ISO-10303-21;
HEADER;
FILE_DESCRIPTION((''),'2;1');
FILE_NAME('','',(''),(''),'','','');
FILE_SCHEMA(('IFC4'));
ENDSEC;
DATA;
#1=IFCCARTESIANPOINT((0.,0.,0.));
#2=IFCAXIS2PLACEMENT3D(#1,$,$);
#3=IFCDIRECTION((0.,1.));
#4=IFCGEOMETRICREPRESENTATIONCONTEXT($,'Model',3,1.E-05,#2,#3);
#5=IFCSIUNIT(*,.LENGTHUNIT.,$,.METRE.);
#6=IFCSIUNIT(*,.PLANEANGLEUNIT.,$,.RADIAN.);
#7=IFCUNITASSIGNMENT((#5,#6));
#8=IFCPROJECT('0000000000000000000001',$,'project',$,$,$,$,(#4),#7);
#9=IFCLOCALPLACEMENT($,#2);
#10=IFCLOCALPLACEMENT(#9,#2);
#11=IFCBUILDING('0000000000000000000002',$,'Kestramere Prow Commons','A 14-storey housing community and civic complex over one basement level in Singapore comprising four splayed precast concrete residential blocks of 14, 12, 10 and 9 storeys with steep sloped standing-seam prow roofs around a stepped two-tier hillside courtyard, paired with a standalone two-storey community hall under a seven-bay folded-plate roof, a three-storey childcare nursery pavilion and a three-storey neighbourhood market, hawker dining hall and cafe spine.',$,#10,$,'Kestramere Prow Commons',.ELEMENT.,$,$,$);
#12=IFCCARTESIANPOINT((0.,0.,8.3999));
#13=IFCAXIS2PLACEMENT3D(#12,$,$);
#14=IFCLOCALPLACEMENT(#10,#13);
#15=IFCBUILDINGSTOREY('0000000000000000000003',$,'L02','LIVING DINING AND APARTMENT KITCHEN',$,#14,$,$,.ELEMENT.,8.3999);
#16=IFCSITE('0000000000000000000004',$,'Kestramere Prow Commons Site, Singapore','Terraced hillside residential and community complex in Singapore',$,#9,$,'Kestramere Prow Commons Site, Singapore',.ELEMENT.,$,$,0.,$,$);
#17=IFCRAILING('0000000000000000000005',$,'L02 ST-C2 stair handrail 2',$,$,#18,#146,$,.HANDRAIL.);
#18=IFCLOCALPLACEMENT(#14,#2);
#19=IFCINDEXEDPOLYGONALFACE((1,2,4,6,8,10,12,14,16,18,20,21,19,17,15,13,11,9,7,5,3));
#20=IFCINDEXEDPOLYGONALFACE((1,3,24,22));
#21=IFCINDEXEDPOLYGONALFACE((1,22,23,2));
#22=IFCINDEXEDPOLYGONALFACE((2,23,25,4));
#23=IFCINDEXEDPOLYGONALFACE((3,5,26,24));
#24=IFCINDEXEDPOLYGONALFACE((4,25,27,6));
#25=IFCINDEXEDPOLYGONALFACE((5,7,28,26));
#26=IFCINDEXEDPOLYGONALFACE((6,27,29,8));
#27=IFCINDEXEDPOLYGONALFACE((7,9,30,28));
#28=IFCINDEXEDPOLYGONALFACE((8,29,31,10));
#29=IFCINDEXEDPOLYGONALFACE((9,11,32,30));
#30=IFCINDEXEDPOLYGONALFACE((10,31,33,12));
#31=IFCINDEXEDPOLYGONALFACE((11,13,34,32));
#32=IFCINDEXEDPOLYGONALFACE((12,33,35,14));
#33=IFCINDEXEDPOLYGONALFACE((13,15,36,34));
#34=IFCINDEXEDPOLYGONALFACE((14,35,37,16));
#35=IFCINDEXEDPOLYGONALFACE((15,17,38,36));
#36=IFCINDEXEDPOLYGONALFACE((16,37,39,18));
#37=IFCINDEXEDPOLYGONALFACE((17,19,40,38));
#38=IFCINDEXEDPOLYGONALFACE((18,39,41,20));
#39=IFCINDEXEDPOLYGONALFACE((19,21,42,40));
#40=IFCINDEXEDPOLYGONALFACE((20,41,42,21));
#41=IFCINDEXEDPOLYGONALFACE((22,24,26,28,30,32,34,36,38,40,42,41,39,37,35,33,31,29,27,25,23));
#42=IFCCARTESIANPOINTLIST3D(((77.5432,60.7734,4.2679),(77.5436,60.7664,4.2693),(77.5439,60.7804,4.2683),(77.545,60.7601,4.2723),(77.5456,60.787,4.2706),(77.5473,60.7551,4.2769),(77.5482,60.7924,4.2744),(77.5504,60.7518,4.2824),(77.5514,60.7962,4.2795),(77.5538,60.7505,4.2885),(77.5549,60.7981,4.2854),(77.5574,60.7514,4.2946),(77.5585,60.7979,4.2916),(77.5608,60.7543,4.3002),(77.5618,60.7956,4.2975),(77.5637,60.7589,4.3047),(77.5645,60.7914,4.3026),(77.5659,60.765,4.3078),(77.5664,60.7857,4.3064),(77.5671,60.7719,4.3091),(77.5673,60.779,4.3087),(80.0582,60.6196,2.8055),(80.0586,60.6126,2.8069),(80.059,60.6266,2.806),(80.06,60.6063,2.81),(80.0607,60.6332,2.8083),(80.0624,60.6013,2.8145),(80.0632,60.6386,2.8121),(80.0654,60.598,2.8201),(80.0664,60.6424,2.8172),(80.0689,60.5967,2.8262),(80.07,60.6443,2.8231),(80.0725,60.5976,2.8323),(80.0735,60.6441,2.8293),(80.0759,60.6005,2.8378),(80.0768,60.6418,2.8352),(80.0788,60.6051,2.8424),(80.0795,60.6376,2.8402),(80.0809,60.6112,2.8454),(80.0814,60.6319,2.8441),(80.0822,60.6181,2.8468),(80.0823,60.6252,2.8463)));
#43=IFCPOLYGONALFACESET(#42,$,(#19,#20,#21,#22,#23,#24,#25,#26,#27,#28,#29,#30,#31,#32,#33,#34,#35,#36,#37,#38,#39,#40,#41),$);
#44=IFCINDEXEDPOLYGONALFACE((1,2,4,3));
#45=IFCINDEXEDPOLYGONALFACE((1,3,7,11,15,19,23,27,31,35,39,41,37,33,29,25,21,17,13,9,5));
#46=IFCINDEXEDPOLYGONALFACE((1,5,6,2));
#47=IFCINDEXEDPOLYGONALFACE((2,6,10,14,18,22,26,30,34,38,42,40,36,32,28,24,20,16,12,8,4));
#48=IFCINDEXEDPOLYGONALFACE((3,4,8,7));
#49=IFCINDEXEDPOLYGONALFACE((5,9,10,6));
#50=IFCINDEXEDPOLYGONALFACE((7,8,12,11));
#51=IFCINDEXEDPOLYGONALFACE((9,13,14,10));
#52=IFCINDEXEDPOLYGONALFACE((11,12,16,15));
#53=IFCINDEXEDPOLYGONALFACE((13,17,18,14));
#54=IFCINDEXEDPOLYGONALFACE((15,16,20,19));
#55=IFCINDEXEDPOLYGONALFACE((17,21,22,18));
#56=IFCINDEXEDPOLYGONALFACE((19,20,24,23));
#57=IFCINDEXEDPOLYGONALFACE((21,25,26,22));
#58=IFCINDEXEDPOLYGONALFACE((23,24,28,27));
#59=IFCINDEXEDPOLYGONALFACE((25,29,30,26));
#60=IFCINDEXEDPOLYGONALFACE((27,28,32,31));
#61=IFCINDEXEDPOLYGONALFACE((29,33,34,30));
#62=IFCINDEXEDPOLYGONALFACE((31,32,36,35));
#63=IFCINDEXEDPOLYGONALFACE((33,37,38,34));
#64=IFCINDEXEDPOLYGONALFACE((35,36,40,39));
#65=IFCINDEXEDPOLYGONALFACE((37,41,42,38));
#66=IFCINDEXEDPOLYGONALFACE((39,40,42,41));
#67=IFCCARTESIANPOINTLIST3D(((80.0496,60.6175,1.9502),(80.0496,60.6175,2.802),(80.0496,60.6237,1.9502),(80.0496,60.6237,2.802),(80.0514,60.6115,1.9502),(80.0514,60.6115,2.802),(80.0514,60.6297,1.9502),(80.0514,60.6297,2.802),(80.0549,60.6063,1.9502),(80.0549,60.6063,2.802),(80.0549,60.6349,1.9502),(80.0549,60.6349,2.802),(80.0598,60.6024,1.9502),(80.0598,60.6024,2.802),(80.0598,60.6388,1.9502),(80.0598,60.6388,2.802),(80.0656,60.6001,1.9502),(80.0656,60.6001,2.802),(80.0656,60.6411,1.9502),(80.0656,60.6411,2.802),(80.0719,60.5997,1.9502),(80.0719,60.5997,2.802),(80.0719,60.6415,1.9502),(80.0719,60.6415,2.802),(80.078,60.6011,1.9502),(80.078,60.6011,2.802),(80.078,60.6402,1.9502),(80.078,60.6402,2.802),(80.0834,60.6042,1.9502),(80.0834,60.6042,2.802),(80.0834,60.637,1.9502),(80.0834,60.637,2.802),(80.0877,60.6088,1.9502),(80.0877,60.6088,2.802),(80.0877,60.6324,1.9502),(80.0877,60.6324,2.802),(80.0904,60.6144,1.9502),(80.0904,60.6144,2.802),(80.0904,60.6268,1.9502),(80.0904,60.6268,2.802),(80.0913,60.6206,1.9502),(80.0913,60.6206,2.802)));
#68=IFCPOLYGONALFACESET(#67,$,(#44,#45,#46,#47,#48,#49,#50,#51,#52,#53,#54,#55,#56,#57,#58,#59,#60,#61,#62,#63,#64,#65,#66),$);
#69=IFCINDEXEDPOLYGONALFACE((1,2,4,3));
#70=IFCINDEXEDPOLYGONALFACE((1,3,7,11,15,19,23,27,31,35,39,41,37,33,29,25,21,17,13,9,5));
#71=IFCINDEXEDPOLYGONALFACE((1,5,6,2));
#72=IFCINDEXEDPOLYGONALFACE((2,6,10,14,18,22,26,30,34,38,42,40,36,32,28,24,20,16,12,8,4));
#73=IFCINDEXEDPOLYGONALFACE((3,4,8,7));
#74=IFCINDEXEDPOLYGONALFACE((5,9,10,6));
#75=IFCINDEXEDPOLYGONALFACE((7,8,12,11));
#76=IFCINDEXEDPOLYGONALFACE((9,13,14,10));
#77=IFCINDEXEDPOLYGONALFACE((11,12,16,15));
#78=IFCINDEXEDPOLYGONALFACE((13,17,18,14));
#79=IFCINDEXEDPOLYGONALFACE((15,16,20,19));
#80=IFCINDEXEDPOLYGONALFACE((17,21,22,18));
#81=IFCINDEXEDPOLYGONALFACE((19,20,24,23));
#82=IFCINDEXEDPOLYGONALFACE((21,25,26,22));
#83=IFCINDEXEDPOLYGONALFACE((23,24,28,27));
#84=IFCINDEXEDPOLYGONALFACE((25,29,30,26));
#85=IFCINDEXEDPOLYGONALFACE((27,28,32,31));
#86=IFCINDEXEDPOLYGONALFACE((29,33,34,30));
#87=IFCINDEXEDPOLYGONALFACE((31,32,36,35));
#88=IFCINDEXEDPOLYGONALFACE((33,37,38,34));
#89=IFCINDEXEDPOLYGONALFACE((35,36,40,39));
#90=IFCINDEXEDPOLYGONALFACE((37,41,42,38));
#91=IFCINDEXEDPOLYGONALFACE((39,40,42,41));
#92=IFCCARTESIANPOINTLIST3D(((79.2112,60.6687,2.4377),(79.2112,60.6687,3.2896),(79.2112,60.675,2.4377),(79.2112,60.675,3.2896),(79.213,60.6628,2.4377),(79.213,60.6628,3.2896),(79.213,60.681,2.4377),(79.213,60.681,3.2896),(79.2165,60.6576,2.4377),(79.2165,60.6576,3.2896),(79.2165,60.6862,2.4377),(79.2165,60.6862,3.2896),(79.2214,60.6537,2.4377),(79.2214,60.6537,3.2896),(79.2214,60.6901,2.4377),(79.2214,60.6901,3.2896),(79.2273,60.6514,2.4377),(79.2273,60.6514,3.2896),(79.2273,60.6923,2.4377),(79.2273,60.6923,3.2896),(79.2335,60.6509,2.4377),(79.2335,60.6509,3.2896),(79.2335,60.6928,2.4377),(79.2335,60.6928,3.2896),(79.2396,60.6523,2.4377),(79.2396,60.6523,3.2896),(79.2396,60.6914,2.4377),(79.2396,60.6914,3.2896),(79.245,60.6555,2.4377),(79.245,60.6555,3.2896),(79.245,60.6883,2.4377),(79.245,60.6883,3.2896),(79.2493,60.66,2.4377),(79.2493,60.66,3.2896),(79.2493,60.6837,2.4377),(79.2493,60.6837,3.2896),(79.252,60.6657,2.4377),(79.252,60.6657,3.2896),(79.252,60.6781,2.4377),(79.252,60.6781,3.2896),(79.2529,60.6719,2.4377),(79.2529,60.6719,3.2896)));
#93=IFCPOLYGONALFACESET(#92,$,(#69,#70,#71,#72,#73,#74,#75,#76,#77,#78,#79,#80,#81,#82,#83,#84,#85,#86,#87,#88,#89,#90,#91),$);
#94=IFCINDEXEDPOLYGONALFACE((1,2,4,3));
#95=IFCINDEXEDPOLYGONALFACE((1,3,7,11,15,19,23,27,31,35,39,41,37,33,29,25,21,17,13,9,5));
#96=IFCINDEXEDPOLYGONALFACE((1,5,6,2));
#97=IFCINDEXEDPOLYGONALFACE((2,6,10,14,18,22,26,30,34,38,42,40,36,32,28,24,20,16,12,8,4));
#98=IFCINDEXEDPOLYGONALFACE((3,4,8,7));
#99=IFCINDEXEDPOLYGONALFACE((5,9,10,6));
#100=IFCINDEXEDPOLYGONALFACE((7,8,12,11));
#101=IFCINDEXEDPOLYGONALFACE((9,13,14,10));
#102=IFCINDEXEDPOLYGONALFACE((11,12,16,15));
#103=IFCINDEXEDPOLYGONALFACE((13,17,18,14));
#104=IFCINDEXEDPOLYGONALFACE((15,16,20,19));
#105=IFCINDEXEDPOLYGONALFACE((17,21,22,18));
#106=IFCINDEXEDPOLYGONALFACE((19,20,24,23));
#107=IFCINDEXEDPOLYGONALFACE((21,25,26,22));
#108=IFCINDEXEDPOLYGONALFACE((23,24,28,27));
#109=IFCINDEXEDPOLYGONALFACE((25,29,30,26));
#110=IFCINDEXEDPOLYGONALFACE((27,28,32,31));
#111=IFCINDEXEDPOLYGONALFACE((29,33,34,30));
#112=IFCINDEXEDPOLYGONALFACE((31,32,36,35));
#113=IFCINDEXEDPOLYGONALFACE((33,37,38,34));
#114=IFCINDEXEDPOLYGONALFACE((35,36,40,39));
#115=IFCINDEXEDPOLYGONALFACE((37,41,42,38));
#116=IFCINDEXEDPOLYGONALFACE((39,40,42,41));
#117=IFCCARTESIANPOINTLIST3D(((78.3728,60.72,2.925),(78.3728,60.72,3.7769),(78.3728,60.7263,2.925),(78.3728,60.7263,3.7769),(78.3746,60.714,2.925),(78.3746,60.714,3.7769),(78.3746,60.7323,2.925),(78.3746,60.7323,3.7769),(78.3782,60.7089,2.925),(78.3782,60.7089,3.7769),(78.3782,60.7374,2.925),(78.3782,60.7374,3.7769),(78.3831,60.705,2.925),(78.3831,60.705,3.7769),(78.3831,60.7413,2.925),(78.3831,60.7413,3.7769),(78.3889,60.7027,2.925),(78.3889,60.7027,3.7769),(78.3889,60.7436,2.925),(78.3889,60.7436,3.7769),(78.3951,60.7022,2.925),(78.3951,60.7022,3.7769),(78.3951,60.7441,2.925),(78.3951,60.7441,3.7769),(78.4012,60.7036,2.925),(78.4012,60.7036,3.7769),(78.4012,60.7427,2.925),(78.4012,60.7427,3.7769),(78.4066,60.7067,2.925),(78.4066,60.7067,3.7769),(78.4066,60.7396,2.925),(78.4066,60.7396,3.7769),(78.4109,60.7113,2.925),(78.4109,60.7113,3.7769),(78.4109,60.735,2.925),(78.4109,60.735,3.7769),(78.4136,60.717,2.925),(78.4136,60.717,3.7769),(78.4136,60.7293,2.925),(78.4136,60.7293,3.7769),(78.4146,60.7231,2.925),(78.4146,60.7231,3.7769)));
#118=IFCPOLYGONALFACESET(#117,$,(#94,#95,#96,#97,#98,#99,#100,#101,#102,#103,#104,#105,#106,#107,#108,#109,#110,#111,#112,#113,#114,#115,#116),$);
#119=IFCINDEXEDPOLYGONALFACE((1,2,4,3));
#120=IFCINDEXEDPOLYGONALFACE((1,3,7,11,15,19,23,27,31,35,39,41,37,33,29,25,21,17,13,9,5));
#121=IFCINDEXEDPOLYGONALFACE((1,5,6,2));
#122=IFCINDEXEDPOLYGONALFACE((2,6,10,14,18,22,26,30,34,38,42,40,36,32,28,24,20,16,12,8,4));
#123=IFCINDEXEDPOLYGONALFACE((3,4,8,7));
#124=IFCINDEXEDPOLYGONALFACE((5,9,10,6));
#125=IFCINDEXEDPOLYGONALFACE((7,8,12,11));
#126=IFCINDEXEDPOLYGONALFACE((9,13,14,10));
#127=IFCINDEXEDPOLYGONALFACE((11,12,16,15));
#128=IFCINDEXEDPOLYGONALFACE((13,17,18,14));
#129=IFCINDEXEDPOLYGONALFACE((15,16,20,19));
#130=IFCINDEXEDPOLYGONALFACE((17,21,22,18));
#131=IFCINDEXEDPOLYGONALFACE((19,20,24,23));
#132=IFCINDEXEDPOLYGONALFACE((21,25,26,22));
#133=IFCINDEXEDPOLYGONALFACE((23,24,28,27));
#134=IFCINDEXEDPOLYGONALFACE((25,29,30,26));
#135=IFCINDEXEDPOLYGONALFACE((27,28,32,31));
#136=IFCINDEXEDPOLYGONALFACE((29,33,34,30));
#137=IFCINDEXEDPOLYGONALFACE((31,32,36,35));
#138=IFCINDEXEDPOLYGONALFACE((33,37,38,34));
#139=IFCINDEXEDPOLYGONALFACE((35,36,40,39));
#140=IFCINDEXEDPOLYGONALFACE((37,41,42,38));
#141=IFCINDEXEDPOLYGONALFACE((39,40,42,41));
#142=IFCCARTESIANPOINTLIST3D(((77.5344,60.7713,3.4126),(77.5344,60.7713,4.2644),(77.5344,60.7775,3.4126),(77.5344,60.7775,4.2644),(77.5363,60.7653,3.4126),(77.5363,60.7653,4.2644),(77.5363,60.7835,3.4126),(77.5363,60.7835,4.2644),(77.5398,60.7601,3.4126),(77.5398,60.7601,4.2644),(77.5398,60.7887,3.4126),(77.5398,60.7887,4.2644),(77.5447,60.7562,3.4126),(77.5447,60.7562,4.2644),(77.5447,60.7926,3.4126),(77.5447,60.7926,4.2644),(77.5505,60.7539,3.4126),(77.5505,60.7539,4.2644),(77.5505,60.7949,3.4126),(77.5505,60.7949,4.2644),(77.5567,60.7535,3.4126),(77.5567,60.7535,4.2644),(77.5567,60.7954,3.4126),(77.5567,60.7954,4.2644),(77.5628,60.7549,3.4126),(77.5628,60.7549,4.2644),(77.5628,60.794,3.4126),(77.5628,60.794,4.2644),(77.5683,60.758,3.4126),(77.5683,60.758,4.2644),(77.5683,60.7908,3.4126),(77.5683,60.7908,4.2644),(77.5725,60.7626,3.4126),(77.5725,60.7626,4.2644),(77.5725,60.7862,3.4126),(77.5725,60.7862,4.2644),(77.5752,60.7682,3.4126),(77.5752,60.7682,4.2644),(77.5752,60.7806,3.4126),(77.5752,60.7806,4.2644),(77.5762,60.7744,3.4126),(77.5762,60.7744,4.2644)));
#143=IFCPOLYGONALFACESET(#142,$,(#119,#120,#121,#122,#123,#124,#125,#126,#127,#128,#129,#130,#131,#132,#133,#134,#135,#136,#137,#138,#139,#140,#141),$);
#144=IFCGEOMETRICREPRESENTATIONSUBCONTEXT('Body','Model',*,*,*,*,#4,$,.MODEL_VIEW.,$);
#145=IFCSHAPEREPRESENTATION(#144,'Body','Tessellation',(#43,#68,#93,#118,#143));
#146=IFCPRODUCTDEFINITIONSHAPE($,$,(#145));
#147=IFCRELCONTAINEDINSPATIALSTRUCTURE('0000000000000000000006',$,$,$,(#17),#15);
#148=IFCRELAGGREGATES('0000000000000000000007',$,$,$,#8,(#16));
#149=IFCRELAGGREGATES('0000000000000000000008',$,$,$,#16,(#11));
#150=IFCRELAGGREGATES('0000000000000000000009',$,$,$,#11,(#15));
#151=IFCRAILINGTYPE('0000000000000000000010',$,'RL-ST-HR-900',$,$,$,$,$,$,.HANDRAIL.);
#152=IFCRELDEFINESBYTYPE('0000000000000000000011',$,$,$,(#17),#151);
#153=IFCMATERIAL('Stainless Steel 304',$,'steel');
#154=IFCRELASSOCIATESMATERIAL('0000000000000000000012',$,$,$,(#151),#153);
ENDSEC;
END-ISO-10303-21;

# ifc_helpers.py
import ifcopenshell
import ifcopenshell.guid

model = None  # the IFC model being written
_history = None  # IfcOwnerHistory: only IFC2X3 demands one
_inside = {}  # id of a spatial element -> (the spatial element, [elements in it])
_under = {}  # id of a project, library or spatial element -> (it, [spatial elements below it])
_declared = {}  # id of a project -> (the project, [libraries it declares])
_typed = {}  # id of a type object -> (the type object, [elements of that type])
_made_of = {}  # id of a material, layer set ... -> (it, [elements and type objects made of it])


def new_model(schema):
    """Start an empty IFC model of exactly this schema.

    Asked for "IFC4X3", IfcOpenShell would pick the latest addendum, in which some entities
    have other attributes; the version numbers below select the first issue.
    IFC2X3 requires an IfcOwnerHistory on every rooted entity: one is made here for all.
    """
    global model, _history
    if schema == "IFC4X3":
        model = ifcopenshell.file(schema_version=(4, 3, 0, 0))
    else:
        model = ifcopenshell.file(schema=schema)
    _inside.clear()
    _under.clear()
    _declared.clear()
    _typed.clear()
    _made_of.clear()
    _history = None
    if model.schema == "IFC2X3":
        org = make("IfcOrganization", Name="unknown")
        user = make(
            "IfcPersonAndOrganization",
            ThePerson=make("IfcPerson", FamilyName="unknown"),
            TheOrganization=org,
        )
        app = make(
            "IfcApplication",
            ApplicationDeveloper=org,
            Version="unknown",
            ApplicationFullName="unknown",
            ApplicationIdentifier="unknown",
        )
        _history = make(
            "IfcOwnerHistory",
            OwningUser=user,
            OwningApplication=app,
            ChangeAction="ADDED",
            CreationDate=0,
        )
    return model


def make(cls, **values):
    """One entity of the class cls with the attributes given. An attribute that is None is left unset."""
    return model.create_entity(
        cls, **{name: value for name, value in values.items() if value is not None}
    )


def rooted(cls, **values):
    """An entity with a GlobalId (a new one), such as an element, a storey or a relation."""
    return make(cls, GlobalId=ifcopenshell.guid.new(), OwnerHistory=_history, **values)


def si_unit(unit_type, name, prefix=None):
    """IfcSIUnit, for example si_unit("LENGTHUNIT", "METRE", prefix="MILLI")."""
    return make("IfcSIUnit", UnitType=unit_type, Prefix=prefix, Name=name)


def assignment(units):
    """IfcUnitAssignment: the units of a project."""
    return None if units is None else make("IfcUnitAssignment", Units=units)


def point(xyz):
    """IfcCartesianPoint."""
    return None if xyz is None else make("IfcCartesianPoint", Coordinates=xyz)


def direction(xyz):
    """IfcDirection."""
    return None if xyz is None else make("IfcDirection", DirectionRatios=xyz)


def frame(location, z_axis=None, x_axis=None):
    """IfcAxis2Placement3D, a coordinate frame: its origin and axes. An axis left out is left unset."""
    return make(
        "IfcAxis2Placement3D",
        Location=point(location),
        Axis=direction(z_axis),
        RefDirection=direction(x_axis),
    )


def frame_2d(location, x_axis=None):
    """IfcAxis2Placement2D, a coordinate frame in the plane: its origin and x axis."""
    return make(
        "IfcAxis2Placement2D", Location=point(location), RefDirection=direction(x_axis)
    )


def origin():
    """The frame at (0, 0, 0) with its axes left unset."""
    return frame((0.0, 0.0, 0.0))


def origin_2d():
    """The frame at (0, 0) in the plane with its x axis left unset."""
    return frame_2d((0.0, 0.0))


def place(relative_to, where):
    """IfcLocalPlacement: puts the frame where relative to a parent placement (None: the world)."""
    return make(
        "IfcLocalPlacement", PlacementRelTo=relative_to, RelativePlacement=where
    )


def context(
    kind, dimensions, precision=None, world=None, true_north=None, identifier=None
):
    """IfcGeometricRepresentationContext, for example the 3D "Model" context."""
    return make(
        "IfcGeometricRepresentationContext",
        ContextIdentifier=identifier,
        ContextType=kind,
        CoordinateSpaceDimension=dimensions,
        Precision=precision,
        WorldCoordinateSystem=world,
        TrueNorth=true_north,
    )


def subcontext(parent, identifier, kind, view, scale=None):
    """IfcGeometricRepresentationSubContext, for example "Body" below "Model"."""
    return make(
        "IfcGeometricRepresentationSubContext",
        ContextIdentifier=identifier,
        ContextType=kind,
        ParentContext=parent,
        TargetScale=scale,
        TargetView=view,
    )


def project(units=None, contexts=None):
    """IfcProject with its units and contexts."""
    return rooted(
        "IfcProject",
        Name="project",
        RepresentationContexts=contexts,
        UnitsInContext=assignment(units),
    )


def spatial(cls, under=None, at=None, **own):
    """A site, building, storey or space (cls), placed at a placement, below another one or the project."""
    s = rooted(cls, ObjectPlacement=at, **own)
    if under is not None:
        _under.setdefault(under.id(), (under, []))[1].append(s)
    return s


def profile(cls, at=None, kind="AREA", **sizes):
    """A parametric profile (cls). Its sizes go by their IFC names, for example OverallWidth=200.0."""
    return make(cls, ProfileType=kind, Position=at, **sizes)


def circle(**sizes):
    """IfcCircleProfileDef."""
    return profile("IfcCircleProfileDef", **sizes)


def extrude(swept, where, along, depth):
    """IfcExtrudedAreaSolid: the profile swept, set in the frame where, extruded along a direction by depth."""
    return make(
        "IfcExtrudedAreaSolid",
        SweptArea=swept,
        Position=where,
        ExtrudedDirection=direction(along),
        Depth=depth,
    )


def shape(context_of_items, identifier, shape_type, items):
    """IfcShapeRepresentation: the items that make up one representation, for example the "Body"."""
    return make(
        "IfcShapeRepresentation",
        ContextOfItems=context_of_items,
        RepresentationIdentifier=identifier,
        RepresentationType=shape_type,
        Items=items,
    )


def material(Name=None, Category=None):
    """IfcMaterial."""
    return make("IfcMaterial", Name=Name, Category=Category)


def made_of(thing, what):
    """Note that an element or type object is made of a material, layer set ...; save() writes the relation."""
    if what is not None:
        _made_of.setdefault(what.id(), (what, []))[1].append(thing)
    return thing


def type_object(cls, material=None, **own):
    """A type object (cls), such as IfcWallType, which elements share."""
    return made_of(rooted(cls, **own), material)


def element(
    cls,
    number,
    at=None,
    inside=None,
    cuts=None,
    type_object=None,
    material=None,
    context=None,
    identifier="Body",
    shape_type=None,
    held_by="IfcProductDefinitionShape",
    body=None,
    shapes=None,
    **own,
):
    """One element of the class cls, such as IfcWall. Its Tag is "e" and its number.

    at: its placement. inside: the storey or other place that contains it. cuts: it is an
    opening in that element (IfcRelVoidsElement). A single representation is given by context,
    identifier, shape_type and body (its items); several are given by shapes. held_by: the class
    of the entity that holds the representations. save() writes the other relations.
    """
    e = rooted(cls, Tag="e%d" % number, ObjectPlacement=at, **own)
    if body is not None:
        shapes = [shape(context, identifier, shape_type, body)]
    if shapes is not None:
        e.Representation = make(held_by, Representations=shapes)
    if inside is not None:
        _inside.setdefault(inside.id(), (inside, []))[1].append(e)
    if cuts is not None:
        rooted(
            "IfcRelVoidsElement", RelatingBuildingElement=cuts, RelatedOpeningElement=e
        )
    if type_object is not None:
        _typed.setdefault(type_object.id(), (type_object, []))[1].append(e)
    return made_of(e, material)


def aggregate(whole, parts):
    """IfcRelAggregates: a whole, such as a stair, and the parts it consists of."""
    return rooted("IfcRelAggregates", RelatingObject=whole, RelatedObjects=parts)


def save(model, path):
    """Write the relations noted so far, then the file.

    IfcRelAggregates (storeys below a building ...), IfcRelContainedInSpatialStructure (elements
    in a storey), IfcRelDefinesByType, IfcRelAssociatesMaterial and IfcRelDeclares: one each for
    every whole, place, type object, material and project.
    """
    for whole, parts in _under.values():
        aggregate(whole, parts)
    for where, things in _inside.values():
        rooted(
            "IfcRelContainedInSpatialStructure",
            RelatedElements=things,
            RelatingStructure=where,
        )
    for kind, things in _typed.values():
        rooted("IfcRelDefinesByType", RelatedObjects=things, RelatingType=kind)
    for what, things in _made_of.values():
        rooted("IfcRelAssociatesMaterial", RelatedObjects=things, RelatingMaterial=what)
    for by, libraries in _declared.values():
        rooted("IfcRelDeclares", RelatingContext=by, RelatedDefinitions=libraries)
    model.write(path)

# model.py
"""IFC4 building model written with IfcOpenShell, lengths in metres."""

from ifc_helpers import new_model, si_unit, direction, frame, origin, origin_2d, place, context, subcontext, project, spatial, circle, extrude, material, type_object, element, save


model = new_model("IFC4")

# Units and contexts
model_context = context("Model", 3, precision=1e-05, world=origin(), true_north=direction((0.0, 1.0)))
body_context = subcontext(model_context, "Body", "Model", "MODEL_VIEW")
ifc_project = project(units=[si_unit("LENGTHUNIT", "METRE"), si_unit("PLANEANGLEUNIT", "RADIAN")], contexts=[model_context])

# Site, building, storey
site_placement = place(None, origin())
site = spatial("IfcSite", under=ifc_project, at=site_placement, Name="Kestramere Prow Commons Site, Singapore", Description="Terraced hillside residential and community complex in Singapore", LongName="Kestramere Prow Commons Site, Singapore", CompositionType="ELEMENT", RefElevation=0.0)
building_placement = place(site_placement, origin())
building = spatial("IfcBuilding", under=site, at=building_placement, Name="Kestramere Prow Commons", Description="A 14-storey housing community and civic complex over one basement level in Singapore comprising four splayed precast concrete residential blocks of 14, 12, 10 and 9 storeys with steep sloped standing-seam prow roofs around a stepped two-tier hillside courtyard, paired with a standalone two-storey community hall under a seven-bay folded-plate roof, a three-storey childcare nursery pavilion and a three-storey neighbourhood market, hawker dining hall and cafe spine.", LongName="Kestramere Prow Commons", CompositionType="ELEMENT")
storey_placement = place(building_placement, frame((0.0, 0.0, 8.3999)))
storey = spatial("IfcBuildingStorey", under=building, at=storey_placement, Name="L02", Description="LIVING DINING AND APARTMENT KITCHEN", CompositionType="ELEMENT", Elevation=8.3999)

# Railing
ifc_material_1 = material(Name="Stainless Steel 304", Category="steel")
railing_type_1 = type_object("IfcRailingType", Name="RL-ST-HR-900", PredefinedType="HANDRAIL", material=ifc_material_1)
railing_1_placement = place(storey_placement, frame((80.0703, 60.6206, 1.9502)))
element("IfcRailing", 1, at=railing_1_placement, inside=storey, type_object=railing_type_1, Name="L02 ST-C2 stair handrail 2", PredefinedType="HANDRAIL", context=body_context, shape_type="SweptSolid", body=[
    extrude(circle(Radius=0.0239, at=origin_2d()), frame((0.0, 0.0, 0.876), z_axis=(-0.863285, 0.052793, 0.501949), x_axis=(-0.061039, -0.998135, 0.0)), (0.0, 0.0, 1.0), 2.9133),
    extrude(circle(Radius=0.021, at=origin_2d()), origin(), (0.0, 0.0, 1.0), 0.8518),
    extrude(circle(Radius=0.021, at=origin_2d()), frame((-0.8384, 0.0513, 0.4875)), (0.0, 0.0, 1.0), 0.8518),
    extrude(circle(Radius=0.021, at=origin_2d()), frame((-1.6768, 0.1025, 0.9749)), (0.0, 0.0, 1.0), 0.8518),
    extrude(circle(Radius=0.021, at=origin_2d()), frame((-2.5151, 0.1538, 1.4624)), (0.0, 0.0, 1.0), 0.8518),
])

save(model, "model.ifc")
